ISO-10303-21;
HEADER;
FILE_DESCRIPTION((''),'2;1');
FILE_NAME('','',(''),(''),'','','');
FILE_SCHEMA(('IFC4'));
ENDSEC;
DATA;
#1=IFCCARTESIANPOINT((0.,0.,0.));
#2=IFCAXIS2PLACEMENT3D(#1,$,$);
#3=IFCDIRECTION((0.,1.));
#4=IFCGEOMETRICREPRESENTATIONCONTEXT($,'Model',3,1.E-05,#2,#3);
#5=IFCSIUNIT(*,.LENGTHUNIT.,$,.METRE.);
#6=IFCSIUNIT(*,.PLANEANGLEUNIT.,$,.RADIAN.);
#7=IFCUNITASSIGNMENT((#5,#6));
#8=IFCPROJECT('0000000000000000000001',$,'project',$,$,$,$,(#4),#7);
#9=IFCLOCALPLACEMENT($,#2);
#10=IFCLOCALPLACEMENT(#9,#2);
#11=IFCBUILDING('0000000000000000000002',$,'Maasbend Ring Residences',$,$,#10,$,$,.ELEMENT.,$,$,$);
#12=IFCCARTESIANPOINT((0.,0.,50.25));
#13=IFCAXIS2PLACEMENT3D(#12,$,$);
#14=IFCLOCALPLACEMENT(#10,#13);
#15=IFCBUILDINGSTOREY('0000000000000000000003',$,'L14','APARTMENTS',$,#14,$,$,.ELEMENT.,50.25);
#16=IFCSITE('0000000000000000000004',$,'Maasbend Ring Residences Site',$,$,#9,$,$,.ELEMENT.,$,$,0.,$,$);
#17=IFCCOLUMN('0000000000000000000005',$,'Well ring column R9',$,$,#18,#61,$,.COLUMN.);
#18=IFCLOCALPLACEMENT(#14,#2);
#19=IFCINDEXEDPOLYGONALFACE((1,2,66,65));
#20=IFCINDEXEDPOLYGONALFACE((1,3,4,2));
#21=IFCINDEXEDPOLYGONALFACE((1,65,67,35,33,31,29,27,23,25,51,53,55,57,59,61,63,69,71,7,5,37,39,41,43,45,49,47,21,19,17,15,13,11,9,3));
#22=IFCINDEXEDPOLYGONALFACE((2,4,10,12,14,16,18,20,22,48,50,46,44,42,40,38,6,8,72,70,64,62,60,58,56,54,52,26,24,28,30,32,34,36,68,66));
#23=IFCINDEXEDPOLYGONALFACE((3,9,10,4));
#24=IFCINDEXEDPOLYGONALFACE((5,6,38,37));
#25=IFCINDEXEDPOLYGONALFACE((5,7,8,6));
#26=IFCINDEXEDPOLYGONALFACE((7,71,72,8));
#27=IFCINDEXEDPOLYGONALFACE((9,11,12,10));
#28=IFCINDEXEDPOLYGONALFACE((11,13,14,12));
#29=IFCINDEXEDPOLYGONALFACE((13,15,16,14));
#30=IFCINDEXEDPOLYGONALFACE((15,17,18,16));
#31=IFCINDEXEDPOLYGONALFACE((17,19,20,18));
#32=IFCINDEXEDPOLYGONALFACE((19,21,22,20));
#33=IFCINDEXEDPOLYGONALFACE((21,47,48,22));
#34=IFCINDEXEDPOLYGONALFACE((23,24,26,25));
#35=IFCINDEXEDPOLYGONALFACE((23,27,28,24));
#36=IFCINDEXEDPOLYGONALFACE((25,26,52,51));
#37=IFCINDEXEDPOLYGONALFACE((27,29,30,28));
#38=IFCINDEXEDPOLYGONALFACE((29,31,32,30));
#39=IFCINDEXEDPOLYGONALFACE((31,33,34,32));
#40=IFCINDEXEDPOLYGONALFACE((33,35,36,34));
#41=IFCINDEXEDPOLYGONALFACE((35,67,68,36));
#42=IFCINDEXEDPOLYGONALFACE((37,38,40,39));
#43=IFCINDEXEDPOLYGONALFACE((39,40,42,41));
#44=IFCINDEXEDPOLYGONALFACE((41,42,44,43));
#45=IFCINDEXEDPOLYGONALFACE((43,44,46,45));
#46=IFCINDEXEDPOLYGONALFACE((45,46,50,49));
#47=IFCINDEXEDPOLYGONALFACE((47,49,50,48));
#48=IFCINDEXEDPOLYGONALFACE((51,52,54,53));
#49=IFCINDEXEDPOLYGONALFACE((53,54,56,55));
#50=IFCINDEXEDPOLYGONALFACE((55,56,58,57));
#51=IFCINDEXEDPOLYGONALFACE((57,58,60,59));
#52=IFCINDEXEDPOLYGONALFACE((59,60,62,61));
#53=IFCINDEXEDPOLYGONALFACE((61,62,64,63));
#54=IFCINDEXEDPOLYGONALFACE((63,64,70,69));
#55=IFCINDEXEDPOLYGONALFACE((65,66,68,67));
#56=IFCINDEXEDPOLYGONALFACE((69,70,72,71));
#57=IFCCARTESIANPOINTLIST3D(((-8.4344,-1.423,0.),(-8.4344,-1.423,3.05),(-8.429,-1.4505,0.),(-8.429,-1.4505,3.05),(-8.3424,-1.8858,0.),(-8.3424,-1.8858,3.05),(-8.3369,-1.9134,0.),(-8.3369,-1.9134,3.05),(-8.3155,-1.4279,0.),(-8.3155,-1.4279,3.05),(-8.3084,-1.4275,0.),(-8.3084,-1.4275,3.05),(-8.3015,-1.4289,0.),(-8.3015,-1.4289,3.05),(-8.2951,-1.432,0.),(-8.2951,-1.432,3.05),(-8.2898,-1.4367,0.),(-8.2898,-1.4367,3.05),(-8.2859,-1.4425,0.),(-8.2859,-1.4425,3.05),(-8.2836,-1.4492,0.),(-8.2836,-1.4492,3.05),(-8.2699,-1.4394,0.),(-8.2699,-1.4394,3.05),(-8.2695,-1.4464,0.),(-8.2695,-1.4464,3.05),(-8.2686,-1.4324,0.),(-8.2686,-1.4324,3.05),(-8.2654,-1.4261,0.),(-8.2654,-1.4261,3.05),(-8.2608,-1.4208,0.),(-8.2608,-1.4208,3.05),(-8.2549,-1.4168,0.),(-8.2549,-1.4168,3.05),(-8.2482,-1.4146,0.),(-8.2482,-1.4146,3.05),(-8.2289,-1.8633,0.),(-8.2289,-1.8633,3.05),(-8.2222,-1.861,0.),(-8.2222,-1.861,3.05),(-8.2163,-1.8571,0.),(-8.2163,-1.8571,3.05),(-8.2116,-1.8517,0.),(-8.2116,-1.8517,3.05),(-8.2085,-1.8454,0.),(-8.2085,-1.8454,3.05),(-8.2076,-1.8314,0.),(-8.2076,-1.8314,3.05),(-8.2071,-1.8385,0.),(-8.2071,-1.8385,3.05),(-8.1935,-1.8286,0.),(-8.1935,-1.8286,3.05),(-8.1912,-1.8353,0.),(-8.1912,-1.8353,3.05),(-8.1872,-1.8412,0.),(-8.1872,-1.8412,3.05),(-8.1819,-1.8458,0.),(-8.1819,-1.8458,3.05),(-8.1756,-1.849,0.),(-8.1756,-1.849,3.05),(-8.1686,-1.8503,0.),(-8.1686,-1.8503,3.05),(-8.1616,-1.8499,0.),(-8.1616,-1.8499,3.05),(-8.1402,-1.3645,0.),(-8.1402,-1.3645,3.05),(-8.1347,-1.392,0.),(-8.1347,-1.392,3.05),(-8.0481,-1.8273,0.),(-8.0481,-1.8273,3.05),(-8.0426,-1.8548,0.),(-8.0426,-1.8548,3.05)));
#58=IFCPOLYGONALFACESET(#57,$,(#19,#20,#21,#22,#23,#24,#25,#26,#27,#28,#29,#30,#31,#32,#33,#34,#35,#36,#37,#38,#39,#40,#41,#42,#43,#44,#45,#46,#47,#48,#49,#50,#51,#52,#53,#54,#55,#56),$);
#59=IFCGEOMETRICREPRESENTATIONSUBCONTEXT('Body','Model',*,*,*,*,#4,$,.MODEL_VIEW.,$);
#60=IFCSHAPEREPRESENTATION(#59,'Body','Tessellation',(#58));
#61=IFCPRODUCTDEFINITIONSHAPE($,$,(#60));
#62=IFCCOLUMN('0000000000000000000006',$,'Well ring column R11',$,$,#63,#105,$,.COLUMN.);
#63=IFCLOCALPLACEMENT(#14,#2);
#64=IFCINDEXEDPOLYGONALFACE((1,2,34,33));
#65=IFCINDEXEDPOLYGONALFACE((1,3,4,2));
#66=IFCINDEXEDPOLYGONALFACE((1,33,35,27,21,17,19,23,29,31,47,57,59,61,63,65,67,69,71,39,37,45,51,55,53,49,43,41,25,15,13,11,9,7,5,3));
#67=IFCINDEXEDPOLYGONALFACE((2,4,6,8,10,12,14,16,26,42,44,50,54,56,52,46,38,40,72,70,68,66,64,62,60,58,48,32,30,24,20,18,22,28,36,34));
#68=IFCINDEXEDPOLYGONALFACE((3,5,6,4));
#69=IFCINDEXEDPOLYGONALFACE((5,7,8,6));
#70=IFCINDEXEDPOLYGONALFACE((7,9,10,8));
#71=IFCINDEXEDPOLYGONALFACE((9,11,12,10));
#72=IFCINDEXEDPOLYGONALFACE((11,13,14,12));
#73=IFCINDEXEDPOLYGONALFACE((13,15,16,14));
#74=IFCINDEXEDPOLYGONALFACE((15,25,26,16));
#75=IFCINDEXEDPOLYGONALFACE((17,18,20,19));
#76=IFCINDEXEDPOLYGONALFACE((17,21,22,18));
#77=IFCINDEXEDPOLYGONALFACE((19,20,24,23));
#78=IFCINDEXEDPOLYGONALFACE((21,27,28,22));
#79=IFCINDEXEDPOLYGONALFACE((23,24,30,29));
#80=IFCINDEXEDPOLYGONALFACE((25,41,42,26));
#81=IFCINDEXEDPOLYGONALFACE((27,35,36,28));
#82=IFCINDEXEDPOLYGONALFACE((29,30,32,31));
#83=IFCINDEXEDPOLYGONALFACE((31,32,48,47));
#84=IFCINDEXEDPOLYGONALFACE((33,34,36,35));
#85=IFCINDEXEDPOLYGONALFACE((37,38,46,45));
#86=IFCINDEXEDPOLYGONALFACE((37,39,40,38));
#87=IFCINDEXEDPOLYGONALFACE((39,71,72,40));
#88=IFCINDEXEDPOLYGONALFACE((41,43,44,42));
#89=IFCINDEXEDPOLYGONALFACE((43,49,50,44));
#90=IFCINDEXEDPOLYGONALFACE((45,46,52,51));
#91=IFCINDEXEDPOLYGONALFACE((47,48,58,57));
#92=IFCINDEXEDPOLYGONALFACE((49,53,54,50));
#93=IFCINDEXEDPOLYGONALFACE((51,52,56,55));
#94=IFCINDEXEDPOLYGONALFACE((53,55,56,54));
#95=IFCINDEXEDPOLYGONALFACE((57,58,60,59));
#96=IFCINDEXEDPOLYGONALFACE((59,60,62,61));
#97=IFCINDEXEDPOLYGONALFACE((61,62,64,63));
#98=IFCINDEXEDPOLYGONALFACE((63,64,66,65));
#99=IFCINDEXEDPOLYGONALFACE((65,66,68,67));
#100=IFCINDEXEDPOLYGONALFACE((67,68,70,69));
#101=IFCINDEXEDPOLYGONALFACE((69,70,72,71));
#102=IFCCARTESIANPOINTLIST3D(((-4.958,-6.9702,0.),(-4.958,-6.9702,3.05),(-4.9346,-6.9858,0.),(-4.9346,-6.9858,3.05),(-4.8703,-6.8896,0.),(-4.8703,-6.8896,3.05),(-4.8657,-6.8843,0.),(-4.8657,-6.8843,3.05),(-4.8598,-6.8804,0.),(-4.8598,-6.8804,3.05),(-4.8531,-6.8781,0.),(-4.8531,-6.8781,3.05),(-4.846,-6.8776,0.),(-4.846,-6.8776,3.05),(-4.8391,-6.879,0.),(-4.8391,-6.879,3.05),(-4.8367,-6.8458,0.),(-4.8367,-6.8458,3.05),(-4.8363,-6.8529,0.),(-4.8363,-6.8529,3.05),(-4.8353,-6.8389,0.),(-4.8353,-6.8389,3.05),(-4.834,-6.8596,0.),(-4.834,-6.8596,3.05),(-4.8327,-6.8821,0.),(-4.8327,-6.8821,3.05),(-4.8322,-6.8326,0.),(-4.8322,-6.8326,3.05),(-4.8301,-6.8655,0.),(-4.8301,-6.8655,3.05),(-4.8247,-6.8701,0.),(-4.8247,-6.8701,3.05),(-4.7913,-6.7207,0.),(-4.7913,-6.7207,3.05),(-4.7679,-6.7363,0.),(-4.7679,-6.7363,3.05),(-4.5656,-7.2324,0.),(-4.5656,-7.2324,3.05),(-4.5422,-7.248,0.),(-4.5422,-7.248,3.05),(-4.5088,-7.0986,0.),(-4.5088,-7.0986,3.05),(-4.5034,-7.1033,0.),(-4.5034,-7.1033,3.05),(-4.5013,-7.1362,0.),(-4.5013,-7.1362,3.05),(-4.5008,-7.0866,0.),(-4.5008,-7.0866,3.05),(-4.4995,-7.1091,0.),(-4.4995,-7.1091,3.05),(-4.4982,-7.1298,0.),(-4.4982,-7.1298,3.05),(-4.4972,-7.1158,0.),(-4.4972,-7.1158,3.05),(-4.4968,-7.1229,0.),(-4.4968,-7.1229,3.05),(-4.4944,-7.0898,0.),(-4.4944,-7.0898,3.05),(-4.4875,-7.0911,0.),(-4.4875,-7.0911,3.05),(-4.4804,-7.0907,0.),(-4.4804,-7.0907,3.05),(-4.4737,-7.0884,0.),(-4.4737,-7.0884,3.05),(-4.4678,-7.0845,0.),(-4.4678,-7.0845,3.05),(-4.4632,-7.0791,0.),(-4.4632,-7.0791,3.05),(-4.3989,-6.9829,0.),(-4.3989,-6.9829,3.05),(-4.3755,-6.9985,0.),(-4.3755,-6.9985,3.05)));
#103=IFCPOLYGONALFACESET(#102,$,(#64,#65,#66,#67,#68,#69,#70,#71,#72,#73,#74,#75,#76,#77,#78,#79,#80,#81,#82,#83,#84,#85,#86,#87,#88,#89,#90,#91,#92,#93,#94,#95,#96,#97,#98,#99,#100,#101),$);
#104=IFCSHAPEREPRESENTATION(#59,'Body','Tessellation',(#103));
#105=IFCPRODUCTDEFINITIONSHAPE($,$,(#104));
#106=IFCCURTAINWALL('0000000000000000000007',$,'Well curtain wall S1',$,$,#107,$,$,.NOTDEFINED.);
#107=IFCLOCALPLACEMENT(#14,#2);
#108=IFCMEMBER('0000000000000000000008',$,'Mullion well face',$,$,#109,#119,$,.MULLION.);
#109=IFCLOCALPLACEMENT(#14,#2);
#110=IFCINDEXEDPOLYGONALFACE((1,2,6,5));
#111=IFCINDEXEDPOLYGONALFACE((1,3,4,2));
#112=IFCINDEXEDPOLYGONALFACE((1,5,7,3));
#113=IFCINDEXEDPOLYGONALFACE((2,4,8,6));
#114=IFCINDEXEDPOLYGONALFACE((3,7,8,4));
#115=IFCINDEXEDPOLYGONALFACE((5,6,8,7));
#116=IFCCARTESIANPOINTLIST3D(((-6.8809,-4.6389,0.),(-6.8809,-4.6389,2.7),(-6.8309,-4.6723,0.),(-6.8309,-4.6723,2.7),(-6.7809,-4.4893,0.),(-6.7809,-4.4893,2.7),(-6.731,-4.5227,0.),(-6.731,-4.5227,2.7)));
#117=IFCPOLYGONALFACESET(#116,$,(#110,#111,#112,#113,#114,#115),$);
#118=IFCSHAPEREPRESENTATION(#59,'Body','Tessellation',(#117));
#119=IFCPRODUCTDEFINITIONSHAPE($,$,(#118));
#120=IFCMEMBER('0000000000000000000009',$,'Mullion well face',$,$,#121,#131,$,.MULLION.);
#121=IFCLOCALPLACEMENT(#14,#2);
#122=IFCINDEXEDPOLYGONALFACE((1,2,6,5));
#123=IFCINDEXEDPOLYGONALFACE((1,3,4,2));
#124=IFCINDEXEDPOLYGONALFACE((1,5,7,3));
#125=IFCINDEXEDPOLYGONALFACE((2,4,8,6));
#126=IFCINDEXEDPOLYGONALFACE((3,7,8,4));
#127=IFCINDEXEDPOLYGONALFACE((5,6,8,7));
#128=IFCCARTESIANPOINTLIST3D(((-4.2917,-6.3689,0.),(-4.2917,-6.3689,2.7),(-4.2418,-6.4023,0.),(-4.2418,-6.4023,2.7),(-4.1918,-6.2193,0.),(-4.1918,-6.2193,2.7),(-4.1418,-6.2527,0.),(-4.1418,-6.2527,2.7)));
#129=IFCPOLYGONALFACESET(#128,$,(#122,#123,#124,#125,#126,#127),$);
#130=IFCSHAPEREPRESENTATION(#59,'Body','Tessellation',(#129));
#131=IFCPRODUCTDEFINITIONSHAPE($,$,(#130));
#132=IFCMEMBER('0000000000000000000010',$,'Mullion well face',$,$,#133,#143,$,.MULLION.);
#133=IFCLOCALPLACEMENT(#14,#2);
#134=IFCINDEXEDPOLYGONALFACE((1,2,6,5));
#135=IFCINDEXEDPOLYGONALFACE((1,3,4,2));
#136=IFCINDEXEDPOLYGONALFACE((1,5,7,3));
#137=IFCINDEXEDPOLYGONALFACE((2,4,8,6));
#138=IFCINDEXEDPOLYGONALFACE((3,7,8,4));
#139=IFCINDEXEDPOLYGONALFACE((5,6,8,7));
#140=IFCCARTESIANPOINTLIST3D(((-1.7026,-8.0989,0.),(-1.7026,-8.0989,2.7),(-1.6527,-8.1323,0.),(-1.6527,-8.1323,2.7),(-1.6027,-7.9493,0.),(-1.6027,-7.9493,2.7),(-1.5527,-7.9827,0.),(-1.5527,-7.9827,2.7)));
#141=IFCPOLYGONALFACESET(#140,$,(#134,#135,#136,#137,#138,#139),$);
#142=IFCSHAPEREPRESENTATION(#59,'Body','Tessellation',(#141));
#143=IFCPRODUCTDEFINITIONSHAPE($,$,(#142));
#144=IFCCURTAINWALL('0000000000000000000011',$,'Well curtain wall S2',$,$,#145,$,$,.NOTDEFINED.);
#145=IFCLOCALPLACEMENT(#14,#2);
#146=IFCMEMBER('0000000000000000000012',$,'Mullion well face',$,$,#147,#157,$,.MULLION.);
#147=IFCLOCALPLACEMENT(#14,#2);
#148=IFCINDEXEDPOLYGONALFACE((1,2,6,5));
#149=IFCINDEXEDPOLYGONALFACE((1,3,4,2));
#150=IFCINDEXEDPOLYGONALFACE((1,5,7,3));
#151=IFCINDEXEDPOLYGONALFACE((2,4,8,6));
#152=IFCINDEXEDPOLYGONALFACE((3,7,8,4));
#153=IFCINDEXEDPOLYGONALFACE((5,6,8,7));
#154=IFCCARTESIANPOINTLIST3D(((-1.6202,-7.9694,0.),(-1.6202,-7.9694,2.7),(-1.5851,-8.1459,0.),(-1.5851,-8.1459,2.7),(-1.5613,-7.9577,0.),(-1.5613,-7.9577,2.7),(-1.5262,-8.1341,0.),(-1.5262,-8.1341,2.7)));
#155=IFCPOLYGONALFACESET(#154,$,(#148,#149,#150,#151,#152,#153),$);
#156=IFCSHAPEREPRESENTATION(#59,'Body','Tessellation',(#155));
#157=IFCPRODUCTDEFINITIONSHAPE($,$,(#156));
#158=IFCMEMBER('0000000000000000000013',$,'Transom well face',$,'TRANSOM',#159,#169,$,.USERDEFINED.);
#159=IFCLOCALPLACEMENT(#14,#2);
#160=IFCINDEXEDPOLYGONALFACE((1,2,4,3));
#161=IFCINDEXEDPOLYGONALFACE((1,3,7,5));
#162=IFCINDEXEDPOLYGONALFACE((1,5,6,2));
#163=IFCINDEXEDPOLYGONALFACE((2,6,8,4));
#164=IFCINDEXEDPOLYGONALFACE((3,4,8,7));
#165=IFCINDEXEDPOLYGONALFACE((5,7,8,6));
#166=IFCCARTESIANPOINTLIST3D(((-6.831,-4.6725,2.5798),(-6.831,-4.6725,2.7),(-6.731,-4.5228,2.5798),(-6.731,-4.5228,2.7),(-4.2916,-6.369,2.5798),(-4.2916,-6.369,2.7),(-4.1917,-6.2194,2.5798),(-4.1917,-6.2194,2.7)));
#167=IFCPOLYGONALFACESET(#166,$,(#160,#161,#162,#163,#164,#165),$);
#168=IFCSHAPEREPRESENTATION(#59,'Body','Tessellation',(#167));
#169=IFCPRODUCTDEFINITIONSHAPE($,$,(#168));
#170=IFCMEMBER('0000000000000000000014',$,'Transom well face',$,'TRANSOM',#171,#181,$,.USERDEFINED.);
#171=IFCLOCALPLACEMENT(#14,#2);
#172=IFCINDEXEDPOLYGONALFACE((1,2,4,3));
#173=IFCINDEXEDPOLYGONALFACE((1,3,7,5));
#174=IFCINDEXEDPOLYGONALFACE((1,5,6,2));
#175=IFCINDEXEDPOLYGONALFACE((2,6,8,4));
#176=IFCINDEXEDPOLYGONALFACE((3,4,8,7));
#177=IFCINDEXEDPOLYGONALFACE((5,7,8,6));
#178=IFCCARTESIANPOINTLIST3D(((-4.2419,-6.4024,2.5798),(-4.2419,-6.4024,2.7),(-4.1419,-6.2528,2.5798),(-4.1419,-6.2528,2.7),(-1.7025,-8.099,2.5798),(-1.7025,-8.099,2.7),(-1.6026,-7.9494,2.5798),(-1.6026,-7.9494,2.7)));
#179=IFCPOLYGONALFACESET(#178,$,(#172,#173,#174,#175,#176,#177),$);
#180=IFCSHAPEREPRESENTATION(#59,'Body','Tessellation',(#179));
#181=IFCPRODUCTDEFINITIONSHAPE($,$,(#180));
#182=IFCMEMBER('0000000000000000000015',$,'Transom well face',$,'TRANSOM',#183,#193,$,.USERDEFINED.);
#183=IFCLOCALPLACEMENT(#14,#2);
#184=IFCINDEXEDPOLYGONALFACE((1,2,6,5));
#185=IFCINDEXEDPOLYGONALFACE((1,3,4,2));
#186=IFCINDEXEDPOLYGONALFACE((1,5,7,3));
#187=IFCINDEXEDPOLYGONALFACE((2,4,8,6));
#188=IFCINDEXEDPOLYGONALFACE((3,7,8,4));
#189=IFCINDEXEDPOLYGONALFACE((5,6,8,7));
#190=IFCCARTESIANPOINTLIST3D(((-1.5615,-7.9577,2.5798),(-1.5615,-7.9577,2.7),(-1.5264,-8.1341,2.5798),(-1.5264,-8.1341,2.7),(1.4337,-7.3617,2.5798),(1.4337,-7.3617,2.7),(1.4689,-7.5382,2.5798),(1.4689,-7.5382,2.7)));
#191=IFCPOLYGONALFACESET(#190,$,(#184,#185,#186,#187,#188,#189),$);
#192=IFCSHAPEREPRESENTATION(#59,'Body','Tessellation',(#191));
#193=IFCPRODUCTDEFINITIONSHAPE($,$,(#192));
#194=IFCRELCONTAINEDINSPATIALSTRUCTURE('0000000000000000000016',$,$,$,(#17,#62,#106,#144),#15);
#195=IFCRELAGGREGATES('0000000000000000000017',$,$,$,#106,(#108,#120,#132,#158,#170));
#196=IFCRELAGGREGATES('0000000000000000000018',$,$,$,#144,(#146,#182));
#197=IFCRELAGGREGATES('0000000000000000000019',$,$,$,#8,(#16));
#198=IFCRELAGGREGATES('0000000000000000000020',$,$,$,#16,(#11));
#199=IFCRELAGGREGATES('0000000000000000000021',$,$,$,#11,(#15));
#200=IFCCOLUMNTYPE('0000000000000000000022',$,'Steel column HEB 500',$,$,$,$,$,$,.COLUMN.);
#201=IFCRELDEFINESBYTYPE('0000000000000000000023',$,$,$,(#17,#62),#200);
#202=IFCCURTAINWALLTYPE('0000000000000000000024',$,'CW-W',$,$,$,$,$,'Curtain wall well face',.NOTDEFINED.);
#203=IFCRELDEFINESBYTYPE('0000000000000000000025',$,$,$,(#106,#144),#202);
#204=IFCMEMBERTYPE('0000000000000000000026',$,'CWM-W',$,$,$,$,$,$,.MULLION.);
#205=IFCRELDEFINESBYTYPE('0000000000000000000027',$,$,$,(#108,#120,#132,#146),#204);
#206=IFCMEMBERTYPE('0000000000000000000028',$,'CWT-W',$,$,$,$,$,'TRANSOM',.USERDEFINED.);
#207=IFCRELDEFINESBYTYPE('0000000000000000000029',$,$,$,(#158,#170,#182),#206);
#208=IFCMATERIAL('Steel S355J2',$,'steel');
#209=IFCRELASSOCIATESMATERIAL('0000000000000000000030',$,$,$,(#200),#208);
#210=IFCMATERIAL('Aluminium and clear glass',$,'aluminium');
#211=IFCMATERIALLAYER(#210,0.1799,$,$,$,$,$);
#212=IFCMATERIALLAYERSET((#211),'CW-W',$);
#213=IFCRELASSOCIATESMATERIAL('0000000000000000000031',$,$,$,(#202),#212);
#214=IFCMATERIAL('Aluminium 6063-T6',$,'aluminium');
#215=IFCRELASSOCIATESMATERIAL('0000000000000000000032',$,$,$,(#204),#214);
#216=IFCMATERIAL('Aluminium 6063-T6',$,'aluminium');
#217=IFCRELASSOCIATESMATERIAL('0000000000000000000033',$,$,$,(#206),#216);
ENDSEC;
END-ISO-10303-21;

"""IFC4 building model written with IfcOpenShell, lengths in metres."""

from ifc_helpers import new_model, si_unit, direction, frame, origin, origin_2d, place, context, subcontext, project, spatial, rectangle, i_section, extrude, material, layer, layer_set, material_profile, profile_set, type_object, element, aggregate, save


model = new_model("IFC4")

# Units and contexts
model_context = context("Model", 3, precision=1e-05, world=origin(), true_north=direction((0.0, 1.0)))
body_context = subcontext(model_context, "Body", "Model", "MODEL_VIEW")
ifc_project = project(units=[si_unit("LENGTHUNIT", "METRE"), si_unit("PLANEANGLEUNIT", "RADIAN")], contexts=[model_context])

# Site, building, storey
site_placement = place(None, origin())
site = spatial("IfcSite", under=ifc_project, at=site_placement, Name="Maasbend Ring Residences Site", CompositionType="ELEMENT", RefElevation=0.0)
building_placement = place(site_placement, origin())
building = spatial("IfcBuilding", under=site, at=building_placement, Name="Maasbend Ring Residences", CompositionType="ELEMENT")
storey_placement = place(building_placement, frame((0.0, 0.0, 50.25)))
storey = spatial("IfcBuildingStorey", under=building, at=storey_placement, Name="L14", Description="APARTMENTS", CompositionType="ELEMENT", Elevation=50.25)

# Columns
ifc_material_1 = material(Name="Steel S355J2", Category="steel")
ifc_material_profile_1 = material_profile(ifc_material_1, i_section(OverallWidth=0.3, OverallDepth=0.5, WebThickness=0.0144, FlangeThickness=0.0281, FilletRadius=0.0271, at=origin_2d()), Name="HEB 500")
ifc_profile_set_1 = profile_set([ifc_material_profile_1], Name="Steel S355J2")
column_type = type_object("IfcColumnType", Name="Steel column HEB 500", PredefinedType="COLUMN", material=ifc_profile_set_1)
for number, where, z_axis, x_axis, name in (
    (1, (-8.2385, -1.6389, 0.0), (0.0, 0.0, 1.0), (-0.980785, -0.19509, 0.0), "Well ring column R9"),
    (2, (-4.6667, -6.9844, 0.0), (0.0, 0.0, 1.0), (-0.55557, -0.83147, 0.0), "Well ring column R11"),
):
    element("IfcColumn", number, at=place(storey_placement, frame(where, z_axis=z_axis, x_axis=x_axis)), inside=storey, type_object=column_type, Name=name, PredefinedType="COLUMN", context=body_context, shape_type="SweptSolid", body=[
        extrude(i_section(OverallWidth=0.3, OverallDepth=0.5, WebThickness=0.0144, FlangeThickness=0.0281, FilletRadius=0.0271, at=origin_2d()), origin(), (0.0, 0.0, 1.0), 3.05),
    ])

# Curtain wall, members
ifc_material_2 = material(Name="Aluminium and clear glass", Category="aluminium")
ifc_layer_1 = layer(ifc_material_2, 0.1799)
ifc_layer_set_1 = layer_set([ifc_layer_1], Name="CW-W")
curtain_wall_type = type_object("IfcCurtainWallType", Name="CW-W", ElementType="Curtain wall well face", PredefinedType="NOTDEFINED", material=ifc_layer_set_1)
curtain_wall_1_placement = place(storey_placement, origin())
curtain_wall_1 = element("IfcCurtainWall", 3, at=curtain_wall_1_placement, inside=storey, type_object=curtain_wall_type, Name="Well curtain wall S1", PredefinedType="NOTDEFINED")
ifc_material_3 = material(Name="Aluminium 6063-T6", Category="aluminium")
ifc_material_profile_2 = material_profile(ifc_material_3, rectangle(XDim=0.1799, YDim=0.0601, at=origin_2d()), Name="AL 180x60")
ifc_profile_set_2 = profile_set([ifc_material_profile_2], Name="Aluminium 6063-T6")
member_type_1 = type_object("IfcMemberType", Name="CWM-W", PredefinedType="MULLION", material=ifc_profile_set_2)
member_1_placement = place(storey_placement, frame((-6.8059, -4.5808, 0.0), z_axis=(0.0, 0.0, 1.0), x_axis=(0.55557, 0.83147, 0.0)))
member_1 = element("IfcMember", 4, at=member_1_placement, type_object=member_type_1, Name="Mullion well face", PredefinedType="MULLION", context=body_context, shape_type="SweptSolid", body=[
    extrude(rectangle(XDim=0.1799, YDim=0.0601, at=origin_2d()), origin(), (0.0, 0.0, 1.0), 2.7),
])
member_2_placement = place(storey_placement, frame((-4.2168, -6.3108, 0.0), z_axis=(0.0, 0.0, 1.0), x_axis=(0.55557, 0.83147, 0.0)))
member_2 = element("IfcMember", 5, at=member_2_placement, type_object=member_type_1, Name="Mullion well face", PredefinedType="MULLION", context=body_context, shape_type="SweptSolid", body=[
    extrude(rectangle(XDim=0.1799, YDim=0.0601, at=origin_2d()), origin(), (0.0, 0.0, 1.0), 2.7),
])
member_3_placement = place(storey_placement, frame((-1.6277, -8.0408, 0.0), z_axis=(0.0, 0.0, 1.0), x_axis=(0.55557, 0.83147, 0.0)))
member_3 = element("IfcMember", 6, at=member_3_placement, type_object=member_type_1, Name="Mullion well face", PredefinedType="MULLION", context=body_context, shape_type="SweptSolid", body=[
    extrude(rectangle(XDim=0.1799, YDim=0.0601, at=origin_2d()), origin(), (0.0, 0.0, 1.0), 2.7),
])

# Curtain wall, member
curtain_wall_2_placement = place(storey_placement, origin())
curtain_wall_2 = element("IfcCurtainWall", 7, at=curtain_wall_2_placement, inside=storey, type_object=curtain_wall_type, Name="Well curtain wall S2", PredefinedType="NOTDEFINED")
member_4_placement = place(storey_placement, frame((-1.5732, -8.0518, 0.0), z_axis=(0.0, 0.0, 1.0), x_axis=(-0.19509, 0.980785, 0.0)))
member_4 = element("IfcMember", 8, at=member_4_placement, type_object=member_type_1, Name="Mullion well face", PredefinedType="MULLION", context=body_context, shape_type="SweptSolid", body=[
    extrude(rectangle(XDim=0.1799, YDim=0.0601, at=origin_2d()), origin(), (0.0, 0.0, 1.0), 2.7),
])

# Members
ifc_material_4 = material(Name="Aluminium 6063-T6", Category="aluminium")
ifc_material_profile_3 = material_profile(ifc_material_4, rectangle(XDim=0.1799, YDim=0.1201, at=origin_2d()), Name="AL 180x120")
ifc_profile_set_3 = profile_set([ifc_material_profile_3], Name="Aluminium 6063-T6")
member_type_2 = type_object("IfcMemberType", Name="CWT-W", ElementType="TRANSOM", PredefinedType="USERDEFINED", material=ifc_profile_set_3)
member_5_placement = place(storey_placement, frame((-6.781, -4.5977, 2.6399), z_axis=(0.831496, -0.55553, 0.0), x_axis=(0.55553, 0.831496, 0.0)))
member_5 = element("IfcMember", 9, at=member_5_placement, type_object=member_type_2, Name="Transom well face", ObjectType="TRANSOM", PredefinedType="USERDEFINED", context=body_context, shape_type="SweptSolid", body=[
    extrude(rectangle(XDim=0.1799, YDim=0.1201, at=origin_2d()), origin(), (0.0, 0.0, 1.0), 3.054),
])
member_6_placement = place(storey_placement, frame((-4.1919, -6.3276, 2.6399), z_axis=(0.831496, -0.55553, 0.0), x_axis=(0.55553, 0.831496, 0.0)))
member_6 = element("IfcMember", 10, at=member_6_placement, type_object=member_type_2, Name="Transom well face", ObjectType="TRANSOM", PredefinedType="USERDEFINED", context=body_context, shape_type="SweptSolid", body=[
    extrude(rectangle(XDim=0.1799, YDim=0.1201, at=origin_2d()), origin(), (0.0, 0.0, 1.0), 3.054),
])
member_7_placement = place(storey_placement, frame((-1.5439, -8.0459, 2.6399), z_axis=(0.980777, 0.195132, 0.0), x_axis=(-0.195132, 0.980777, 0.0)))
member_7 = element("IfcMember", 11, at=member_7_placement, type_object=member_type_2, Name="Transom well face", ObjectType="TRANSOM", PredefinedType="USERDEFINED", context=body_context, shape_type="SweptSolid", body=[
    extrude(rectangle(XDim=0.1799, YDim=0.1201, at=origin_2d()), origin(), (0.0, 0.0, 1.0), 3.054),
])

aggregate(curtain_wall_1, [member_1, member_2, member_3, member_5, member_6])
aggregate(curtain_wall_2, [member_4, member_7])

save(model, "model.ifc")
